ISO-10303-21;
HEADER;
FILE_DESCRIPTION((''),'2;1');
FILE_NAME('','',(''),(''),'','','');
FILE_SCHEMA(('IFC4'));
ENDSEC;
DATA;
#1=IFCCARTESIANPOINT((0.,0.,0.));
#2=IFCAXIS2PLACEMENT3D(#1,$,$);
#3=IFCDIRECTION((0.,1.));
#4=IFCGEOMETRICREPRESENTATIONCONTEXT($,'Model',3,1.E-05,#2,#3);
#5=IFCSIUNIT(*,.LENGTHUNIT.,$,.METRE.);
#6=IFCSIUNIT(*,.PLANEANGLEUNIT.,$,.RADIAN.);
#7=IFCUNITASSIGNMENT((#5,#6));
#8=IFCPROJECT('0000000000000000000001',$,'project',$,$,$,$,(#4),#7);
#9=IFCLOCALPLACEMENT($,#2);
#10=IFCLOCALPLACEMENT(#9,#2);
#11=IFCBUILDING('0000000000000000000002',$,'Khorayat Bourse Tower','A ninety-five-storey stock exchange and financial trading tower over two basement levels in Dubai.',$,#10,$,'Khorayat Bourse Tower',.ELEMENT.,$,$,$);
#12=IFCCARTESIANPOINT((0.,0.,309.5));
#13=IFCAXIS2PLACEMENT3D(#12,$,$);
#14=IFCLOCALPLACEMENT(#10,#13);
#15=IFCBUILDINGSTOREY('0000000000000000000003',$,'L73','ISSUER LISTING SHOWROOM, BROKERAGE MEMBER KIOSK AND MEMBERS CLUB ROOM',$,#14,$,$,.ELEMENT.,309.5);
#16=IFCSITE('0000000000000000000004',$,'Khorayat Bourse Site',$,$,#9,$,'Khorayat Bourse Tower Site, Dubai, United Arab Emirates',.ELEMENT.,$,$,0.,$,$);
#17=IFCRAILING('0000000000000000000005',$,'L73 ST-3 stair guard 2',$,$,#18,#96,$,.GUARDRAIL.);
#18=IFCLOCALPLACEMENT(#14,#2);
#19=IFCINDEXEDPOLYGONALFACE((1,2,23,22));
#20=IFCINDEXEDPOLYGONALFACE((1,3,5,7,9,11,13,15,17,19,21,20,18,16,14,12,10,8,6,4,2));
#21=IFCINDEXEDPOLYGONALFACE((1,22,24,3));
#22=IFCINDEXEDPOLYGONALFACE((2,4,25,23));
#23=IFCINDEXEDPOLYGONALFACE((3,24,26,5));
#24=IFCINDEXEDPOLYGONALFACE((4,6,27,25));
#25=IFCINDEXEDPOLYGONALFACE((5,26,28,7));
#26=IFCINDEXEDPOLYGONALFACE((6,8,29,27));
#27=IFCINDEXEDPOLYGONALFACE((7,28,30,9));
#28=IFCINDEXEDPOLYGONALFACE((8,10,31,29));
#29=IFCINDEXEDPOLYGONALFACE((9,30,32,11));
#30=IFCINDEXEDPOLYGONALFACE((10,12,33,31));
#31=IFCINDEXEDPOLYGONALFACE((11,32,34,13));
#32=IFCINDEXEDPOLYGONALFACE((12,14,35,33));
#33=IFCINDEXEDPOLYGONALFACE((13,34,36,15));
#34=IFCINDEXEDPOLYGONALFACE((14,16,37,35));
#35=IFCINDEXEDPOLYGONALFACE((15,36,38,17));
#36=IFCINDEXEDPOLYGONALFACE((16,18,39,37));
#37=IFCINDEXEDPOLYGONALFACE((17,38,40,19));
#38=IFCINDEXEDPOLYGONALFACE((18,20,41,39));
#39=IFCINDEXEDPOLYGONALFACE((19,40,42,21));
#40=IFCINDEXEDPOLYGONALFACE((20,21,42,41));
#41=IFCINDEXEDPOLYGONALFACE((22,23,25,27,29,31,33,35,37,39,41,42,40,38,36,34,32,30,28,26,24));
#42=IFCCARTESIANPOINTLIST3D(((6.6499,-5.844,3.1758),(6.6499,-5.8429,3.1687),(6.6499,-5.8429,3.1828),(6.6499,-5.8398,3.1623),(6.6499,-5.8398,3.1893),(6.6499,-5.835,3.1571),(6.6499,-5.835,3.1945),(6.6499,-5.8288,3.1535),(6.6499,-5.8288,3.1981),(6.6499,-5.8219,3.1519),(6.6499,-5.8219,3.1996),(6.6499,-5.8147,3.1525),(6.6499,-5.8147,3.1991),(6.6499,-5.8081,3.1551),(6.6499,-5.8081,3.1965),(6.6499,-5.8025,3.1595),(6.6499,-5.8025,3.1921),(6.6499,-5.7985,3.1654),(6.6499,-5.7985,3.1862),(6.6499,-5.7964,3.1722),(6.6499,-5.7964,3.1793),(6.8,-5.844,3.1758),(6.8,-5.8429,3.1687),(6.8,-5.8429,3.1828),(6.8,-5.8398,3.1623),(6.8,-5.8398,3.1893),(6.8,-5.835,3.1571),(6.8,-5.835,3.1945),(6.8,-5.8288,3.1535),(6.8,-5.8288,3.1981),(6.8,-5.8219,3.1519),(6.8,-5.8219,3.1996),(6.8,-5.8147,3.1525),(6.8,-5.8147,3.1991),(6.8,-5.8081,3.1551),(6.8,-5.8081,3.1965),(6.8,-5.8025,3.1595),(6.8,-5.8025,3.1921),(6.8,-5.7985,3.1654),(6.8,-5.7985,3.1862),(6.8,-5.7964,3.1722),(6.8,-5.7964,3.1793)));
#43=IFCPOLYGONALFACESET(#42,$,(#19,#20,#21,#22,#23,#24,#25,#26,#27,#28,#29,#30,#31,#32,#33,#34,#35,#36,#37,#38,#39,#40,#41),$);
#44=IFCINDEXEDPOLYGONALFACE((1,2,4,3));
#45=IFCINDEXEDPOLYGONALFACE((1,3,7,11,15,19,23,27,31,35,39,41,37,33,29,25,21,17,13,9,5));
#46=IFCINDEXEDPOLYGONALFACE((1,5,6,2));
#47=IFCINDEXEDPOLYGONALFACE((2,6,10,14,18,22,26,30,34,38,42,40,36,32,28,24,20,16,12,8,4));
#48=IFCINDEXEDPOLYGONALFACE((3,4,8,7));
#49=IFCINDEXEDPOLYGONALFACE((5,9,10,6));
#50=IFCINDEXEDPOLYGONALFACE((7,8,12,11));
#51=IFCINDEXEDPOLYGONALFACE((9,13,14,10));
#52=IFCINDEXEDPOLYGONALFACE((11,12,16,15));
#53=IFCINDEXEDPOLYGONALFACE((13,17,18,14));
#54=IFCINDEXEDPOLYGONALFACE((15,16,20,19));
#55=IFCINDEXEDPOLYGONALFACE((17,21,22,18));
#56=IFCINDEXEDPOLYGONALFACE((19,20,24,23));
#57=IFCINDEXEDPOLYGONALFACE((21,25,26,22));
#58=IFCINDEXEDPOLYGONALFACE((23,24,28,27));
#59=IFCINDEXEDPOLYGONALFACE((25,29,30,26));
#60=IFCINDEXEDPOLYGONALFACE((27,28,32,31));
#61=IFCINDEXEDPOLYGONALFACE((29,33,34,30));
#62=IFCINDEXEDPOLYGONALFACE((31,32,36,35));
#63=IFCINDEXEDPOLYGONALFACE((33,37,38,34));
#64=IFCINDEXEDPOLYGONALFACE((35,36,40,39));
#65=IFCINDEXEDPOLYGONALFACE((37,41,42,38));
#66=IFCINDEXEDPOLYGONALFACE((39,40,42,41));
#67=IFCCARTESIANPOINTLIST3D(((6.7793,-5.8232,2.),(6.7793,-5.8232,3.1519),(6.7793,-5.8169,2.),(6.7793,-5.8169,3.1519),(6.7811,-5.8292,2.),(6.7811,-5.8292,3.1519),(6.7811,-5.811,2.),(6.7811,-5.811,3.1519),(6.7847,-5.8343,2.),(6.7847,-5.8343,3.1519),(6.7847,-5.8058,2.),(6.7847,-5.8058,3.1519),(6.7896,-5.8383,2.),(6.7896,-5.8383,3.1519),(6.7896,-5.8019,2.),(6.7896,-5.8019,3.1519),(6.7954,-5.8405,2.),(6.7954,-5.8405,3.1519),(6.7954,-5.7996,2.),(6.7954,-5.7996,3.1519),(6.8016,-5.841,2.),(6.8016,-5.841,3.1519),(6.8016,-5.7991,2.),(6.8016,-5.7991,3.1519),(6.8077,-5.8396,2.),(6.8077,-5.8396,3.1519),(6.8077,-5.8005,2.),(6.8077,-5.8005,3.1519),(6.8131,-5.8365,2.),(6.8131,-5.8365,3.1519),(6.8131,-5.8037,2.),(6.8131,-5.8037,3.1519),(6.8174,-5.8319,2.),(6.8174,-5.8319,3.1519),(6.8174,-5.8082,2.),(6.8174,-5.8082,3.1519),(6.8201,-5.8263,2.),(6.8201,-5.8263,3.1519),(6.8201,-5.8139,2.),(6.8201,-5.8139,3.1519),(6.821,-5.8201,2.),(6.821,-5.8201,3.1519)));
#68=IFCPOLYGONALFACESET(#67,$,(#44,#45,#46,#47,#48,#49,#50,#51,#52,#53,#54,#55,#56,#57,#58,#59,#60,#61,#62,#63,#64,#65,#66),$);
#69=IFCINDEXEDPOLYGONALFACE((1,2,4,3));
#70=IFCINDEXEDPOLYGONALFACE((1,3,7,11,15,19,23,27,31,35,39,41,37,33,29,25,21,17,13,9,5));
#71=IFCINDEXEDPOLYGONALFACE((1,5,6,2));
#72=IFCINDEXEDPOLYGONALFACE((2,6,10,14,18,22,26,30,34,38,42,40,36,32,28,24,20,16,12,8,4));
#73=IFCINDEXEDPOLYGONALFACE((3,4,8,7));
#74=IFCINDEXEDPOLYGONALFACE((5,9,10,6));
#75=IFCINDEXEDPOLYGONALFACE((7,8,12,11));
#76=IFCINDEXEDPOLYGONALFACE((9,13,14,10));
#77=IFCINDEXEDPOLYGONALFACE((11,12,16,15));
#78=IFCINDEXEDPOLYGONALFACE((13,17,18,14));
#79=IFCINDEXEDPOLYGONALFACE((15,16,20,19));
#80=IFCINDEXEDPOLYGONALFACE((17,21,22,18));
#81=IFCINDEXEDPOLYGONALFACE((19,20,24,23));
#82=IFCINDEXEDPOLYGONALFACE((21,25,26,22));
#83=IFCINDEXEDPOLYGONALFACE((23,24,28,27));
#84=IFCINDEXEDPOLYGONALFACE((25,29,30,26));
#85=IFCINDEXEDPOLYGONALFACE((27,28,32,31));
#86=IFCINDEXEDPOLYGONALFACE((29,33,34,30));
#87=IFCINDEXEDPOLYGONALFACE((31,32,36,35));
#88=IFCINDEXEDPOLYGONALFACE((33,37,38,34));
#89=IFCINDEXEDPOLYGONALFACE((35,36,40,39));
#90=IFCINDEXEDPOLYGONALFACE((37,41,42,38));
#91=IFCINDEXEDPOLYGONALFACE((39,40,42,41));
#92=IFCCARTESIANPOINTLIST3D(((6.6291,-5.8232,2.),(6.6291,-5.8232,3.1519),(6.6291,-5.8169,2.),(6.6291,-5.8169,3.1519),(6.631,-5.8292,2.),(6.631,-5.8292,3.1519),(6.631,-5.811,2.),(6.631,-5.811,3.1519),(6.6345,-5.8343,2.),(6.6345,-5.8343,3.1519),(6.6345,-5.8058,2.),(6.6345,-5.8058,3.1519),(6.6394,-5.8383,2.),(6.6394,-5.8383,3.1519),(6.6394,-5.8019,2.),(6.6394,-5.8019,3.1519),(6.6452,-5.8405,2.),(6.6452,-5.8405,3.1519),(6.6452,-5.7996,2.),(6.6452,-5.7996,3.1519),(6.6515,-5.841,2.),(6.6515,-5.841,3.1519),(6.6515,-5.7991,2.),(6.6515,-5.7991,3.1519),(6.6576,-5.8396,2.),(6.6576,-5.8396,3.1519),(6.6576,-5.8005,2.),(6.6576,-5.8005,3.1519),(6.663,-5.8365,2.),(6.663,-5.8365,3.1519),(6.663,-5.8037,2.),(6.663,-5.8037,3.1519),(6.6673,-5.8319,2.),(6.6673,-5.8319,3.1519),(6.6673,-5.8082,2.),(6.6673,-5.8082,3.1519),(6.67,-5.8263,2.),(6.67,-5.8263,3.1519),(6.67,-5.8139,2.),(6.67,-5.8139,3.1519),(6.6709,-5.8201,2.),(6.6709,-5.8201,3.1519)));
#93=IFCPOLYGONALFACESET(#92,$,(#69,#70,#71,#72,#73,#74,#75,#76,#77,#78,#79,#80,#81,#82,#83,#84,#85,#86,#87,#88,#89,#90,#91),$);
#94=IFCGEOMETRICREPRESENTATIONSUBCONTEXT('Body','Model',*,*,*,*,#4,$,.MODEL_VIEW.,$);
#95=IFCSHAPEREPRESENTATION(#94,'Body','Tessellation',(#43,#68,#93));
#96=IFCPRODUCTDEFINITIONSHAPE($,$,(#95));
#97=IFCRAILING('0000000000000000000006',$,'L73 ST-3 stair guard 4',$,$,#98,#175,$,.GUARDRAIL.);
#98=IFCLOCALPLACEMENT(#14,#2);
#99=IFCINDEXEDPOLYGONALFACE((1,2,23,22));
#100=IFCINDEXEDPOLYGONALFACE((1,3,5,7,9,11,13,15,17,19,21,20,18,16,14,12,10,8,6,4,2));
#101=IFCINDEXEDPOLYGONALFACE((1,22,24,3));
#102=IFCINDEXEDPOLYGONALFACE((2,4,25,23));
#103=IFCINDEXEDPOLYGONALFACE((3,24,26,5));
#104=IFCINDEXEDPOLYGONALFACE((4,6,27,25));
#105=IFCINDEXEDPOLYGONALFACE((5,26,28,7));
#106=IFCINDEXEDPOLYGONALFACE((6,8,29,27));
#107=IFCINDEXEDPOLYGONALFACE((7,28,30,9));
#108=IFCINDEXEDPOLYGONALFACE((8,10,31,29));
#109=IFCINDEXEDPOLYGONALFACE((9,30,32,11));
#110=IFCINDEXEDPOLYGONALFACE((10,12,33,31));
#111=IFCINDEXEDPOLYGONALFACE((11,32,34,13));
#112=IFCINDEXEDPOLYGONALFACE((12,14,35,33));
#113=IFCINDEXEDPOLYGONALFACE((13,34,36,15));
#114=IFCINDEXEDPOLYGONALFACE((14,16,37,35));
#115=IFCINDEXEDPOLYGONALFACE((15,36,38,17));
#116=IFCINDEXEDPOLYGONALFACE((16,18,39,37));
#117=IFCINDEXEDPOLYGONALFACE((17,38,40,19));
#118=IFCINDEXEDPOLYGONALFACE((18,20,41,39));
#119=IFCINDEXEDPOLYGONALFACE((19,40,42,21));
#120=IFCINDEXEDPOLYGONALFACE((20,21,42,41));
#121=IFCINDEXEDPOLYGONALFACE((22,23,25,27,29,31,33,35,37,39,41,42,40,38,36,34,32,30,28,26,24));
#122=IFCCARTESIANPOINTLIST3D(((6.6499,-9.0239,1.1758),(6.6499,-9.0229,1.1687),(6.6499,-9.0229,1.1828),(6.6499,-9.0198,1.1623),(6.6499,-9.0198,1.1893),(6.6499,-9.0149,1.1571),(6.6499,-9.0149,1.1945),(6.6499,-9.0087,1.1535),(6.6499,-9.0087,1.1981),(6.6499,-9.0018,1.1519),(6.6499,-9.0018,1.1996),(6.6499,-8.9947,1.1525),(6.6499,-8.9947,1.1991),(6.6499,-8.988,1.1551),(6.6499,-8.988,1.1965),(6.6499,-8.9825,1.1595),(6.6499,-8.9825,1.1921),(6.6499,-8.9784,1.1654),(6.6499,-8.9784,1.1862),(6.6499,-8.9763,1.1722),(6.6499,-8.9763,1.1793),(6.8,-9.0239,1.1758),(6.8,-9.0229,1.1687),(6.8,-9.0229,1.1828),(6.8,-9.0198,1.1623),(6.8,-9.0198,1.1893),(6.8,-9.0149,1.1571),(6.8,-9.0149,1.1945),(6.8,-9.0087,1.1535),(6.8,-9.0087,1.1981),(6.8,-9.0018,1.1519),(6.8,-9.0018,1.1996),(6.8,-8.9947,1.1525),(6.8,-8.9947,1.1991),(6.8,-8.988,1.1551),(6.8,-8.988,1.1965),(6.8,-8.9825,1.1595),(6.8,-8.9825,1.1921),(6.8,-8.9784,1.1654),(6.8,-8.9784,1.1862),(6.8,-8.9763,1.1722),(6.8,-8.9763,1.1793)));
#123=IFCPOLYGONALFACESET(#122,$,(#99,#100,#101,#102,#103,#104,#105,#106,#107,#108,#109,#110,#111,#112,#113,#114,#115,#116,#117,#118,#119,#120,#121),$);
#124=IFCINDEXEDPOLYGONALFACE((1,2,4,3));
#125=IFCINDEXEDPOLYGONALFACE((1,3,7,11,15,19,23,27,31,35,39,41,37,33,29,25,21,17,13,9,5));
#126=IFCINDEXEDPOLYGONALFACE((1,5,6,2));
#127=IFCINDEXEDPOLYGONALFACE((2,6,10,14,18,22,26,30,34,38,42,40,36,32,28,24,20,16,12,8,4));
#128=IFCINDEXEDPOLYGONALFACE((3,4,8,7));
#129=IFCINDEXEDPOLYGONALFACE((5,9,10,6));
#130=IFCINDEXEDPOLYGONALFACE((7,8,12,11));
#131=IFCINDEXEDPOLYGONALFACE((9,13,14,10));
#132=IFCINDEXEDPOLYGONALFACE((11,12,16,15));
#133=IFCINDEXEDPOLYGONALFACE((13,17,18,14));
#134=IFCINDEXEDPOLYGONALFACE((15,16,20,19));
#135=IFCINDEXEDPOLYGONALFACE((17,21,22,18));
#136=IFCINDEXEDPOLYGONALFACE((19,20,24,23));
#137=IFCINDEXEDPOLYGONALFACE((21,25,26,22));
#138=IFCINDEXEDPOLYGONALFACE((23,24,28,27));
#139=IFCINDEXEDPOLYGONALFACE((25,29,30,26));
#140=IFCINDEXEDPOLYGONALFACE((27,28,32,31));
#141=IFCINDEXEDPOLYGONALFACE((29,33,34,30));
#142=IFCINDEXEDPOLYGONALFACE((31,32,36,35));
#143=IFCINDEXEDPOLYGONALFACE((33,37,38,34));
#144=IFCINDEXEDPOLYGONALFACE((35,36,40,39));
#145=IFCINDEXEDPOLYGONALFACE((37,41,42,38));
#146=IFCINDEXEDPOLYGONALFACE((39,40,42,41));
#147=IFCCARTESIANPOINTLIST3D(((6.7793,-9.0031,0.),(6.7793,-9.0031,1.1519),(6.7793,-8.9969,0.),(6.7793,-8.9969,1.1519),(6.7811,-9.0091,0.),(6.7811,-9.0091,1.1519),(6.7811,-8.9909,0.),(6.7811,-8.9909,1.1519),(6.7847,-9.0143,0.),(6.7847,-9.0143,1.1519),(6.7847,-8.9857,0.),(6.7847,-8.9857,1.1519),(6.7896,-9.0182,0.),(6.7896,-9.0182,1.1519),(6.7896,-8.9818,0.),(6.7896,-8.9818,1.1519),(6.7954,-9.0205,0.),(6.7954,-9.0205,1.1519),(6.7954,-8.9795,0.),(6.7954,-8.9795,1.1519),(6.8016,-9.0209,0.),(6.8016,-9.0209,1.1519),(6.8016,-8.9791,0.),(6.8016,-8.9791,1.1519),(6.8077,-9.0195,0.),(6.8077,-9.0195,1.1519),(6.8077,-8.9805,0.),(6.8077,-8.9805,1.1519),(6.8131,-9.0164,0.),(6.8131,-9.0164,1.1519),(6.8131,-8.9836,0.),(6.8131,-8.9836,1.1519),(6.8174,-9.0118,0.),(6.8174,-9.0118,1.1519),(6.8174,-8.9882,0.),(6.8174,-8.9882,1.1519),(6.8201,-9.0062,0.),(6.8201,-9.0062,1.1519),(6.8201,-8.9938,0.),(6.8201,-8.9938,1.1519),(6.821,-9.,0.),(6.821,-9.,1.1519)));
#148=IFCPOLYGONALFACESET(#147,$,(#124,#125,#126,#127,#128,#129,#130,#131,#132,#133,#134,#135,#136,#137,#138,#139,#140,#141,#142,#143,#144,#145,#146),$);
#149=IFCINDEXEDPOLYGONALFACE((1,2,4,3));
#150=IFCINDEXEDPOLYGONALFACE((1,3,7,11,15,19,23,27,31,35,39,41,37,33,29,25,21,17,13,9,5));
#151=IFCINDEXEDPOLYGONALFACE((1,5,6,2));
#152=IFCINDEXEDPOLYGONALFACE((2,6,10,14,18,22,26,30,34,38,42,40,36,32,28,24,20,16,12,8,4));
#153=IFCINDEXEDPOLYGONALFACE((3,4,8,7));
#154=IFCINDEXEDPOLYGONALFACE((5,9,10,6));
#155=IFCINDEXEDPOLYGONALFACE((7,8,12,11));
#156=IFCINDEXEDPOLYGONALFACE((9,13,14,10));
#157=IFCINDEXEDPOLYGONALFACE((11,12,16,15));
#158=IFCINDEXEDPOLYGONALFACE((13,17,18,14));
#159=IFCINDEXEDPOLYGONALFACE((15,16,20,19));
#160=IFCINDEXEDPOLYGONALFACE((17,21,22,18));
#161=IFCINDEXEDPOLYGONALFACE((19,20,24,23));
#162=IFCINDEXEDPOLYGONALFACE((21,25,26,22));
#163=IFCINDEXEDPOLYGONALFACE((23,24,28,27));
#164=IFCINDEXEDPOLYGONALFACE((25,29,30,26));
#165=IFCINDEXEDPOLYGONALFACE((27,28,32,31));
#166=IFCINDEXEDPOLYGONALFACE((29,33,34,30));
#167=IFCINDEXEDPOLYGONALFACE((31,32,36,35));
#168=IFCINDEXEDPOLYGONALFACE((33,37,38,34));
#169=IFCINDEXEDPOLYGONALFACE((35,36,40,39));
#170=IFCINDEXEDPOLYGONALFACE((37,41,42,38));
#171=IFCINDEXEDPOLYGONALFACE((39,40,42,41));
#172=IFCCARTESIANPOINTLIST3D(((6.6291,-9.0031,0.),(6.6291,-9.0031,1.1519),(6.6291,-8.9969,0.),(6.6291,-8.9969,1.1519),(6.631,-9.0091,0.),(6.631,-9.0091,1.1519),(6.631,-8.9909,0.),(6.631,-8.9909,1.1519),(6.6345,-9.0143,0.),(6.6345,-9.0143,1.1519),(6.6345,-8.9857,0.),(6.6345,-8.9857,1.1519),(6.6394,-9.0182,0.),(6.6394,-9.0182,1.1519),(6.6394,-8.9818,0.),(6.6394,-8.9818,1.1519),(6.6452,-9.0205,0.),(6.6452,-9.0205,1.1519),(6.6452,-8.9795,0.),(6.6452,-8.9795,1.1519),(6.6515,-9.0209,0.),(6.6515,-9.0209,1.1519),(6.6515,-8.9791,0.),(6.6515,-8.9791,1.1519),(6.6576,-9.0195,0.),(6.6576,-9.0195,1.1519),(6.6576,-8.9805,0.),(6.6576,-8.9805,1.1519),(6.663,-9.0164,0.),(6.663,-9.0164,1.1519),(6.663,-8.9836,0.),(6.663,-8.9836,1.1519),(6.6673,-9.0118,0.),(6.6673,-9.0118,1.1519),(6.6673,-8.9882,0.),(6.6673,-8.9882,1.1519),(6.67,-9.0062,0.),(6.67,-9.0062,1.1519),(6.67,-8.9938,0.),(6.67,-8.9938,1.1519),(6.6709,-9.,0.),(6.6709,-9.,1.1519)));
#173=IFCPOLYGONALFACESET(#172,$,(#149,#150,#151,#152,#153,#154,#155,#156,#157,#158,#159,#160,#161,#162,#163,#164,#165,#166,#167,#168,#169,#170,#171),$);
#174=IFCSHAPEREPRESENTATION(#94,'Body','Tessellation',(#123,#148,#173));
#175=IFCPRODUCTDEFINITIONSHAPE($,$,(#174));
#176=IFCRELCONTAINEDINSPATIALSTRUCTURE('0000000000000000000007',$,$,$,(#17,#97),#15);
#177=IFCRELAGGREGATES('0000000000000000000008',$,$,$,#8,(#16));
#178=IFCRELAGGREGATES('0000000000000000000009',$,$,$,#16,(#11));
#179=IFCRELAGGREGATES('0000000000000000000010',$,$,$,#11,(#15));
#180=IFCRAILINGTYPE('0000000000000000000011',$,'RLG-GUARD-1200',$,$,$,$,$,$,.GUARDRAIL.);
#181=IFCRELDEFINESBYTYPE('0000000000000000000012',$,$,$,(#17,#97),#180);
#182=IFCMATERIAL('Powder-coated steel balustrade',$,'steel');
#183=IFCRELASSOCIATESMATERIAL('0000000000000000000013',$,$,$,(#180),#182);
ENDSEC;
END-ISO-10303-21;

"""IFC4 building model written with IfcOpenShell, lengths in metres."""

from ifc_helpers import new_model, si_unit, direction, frame, origin, origin_2d, place, context, subcontext, project, spatial, circle, extrude, source, transform, mapped, material, type_object, element, save


model = new_model("IFC4")

# Units and contexts
model_context = context("Model", 3, precision=1e-05, world=origin(), true_north=direction((0.0, 1.0)))
body_context = subcontext(model_context, "Body", "Model", "MODEL_VIEW")
ifc_project = project(units=[si_unit("LENGTHUNIT", "METRE"), si_unit("PLANEANGLEUNIT", "RADIAN")], contexts=[model_context])

# Site, building, storey
site_placement = place(None, origin())
site = spatial("IfcSite", under=ifc_project, at=site_placement, Name="Khorayat Bourse Site", LongName="Khorayat Bourse Tower Site, Dubai, United Arab Emirates", CompositionType="ELEMENT", RefElevation=0.0)
building_placement = place(site_placement, origin())
building = spatial("IfcBuilding", under=site, at=building_placement, Name="Khorayat Bourse Tower", Description="A ninety-five-storey stock exchange and financial trading tower over two basement levels in Dubai.", LongName="Khorayat Bourse Tower", CompositionType="ELEMENT")
storey_placement = place(building_placement, frame((0.0, 0.0, 309.5)))
storey = spatial("IfcBuildingStorey", under=building, at=storey_placement, Name="L73", Description="ISSUER LISTING SHOWROOM, BROKERAGE MEMBER KIOSK AND MEMBERS CLUB ROOM", CompositionType="ELEMENT", Elevation=309.5)

# Railings
ifc_material_1 = material(Name="Powder-coated steel balustrade", Category="steel")
railing_type_1 = type_object("IfcRailingType", Name="RLG-GUARD-1200", PredefinedType="GUARDRAIL", material=ifc_material_1)
shared_shape_1 = source(origin(), body_context, "Body", "SweptSolid", [
    extrude(circle(Radius=0.0239, at=origin_2d()), frame((0.0, 0.0, 1.1758), z_axis=(-1.0, 0.0, 0.0), x_axis=(0.0, -1.0, 0.0)), (0.0, 0.0, 1.0), 0.1501),
    extrude(circle(Radius=0.021, at=origin_2d()), origin(), (0.0, 0.0, 1.0), 1.1519),
    extrude(circle(Radius=0.021, at=origin_2d()), frame((-0.1501, 0.0, 0.0)), (0.0, 0.0, 1.0), 1.1519),
])
for number, where, name in (
    (1, (6.8, -5.8201, 2.0), "L73 ST-3 stair guard 2"),
    (2, (6.8, -9.0, 0.0), "L73 ST-3 stair guard 4"),
):
    element("IfcRailing", number, at=place(storey_placement, frame(where)), inside=storey, type_object=railing_type_1, Name=name, PredefinedType="GUARDRAIL", context=body_context, shape_type="MappedRepresentation", body=[
        mapped(shared_shape_1, transform((0.0, 0.0, 0.0), scale=1.0)),
    ])

save(model, "model.ifc")
